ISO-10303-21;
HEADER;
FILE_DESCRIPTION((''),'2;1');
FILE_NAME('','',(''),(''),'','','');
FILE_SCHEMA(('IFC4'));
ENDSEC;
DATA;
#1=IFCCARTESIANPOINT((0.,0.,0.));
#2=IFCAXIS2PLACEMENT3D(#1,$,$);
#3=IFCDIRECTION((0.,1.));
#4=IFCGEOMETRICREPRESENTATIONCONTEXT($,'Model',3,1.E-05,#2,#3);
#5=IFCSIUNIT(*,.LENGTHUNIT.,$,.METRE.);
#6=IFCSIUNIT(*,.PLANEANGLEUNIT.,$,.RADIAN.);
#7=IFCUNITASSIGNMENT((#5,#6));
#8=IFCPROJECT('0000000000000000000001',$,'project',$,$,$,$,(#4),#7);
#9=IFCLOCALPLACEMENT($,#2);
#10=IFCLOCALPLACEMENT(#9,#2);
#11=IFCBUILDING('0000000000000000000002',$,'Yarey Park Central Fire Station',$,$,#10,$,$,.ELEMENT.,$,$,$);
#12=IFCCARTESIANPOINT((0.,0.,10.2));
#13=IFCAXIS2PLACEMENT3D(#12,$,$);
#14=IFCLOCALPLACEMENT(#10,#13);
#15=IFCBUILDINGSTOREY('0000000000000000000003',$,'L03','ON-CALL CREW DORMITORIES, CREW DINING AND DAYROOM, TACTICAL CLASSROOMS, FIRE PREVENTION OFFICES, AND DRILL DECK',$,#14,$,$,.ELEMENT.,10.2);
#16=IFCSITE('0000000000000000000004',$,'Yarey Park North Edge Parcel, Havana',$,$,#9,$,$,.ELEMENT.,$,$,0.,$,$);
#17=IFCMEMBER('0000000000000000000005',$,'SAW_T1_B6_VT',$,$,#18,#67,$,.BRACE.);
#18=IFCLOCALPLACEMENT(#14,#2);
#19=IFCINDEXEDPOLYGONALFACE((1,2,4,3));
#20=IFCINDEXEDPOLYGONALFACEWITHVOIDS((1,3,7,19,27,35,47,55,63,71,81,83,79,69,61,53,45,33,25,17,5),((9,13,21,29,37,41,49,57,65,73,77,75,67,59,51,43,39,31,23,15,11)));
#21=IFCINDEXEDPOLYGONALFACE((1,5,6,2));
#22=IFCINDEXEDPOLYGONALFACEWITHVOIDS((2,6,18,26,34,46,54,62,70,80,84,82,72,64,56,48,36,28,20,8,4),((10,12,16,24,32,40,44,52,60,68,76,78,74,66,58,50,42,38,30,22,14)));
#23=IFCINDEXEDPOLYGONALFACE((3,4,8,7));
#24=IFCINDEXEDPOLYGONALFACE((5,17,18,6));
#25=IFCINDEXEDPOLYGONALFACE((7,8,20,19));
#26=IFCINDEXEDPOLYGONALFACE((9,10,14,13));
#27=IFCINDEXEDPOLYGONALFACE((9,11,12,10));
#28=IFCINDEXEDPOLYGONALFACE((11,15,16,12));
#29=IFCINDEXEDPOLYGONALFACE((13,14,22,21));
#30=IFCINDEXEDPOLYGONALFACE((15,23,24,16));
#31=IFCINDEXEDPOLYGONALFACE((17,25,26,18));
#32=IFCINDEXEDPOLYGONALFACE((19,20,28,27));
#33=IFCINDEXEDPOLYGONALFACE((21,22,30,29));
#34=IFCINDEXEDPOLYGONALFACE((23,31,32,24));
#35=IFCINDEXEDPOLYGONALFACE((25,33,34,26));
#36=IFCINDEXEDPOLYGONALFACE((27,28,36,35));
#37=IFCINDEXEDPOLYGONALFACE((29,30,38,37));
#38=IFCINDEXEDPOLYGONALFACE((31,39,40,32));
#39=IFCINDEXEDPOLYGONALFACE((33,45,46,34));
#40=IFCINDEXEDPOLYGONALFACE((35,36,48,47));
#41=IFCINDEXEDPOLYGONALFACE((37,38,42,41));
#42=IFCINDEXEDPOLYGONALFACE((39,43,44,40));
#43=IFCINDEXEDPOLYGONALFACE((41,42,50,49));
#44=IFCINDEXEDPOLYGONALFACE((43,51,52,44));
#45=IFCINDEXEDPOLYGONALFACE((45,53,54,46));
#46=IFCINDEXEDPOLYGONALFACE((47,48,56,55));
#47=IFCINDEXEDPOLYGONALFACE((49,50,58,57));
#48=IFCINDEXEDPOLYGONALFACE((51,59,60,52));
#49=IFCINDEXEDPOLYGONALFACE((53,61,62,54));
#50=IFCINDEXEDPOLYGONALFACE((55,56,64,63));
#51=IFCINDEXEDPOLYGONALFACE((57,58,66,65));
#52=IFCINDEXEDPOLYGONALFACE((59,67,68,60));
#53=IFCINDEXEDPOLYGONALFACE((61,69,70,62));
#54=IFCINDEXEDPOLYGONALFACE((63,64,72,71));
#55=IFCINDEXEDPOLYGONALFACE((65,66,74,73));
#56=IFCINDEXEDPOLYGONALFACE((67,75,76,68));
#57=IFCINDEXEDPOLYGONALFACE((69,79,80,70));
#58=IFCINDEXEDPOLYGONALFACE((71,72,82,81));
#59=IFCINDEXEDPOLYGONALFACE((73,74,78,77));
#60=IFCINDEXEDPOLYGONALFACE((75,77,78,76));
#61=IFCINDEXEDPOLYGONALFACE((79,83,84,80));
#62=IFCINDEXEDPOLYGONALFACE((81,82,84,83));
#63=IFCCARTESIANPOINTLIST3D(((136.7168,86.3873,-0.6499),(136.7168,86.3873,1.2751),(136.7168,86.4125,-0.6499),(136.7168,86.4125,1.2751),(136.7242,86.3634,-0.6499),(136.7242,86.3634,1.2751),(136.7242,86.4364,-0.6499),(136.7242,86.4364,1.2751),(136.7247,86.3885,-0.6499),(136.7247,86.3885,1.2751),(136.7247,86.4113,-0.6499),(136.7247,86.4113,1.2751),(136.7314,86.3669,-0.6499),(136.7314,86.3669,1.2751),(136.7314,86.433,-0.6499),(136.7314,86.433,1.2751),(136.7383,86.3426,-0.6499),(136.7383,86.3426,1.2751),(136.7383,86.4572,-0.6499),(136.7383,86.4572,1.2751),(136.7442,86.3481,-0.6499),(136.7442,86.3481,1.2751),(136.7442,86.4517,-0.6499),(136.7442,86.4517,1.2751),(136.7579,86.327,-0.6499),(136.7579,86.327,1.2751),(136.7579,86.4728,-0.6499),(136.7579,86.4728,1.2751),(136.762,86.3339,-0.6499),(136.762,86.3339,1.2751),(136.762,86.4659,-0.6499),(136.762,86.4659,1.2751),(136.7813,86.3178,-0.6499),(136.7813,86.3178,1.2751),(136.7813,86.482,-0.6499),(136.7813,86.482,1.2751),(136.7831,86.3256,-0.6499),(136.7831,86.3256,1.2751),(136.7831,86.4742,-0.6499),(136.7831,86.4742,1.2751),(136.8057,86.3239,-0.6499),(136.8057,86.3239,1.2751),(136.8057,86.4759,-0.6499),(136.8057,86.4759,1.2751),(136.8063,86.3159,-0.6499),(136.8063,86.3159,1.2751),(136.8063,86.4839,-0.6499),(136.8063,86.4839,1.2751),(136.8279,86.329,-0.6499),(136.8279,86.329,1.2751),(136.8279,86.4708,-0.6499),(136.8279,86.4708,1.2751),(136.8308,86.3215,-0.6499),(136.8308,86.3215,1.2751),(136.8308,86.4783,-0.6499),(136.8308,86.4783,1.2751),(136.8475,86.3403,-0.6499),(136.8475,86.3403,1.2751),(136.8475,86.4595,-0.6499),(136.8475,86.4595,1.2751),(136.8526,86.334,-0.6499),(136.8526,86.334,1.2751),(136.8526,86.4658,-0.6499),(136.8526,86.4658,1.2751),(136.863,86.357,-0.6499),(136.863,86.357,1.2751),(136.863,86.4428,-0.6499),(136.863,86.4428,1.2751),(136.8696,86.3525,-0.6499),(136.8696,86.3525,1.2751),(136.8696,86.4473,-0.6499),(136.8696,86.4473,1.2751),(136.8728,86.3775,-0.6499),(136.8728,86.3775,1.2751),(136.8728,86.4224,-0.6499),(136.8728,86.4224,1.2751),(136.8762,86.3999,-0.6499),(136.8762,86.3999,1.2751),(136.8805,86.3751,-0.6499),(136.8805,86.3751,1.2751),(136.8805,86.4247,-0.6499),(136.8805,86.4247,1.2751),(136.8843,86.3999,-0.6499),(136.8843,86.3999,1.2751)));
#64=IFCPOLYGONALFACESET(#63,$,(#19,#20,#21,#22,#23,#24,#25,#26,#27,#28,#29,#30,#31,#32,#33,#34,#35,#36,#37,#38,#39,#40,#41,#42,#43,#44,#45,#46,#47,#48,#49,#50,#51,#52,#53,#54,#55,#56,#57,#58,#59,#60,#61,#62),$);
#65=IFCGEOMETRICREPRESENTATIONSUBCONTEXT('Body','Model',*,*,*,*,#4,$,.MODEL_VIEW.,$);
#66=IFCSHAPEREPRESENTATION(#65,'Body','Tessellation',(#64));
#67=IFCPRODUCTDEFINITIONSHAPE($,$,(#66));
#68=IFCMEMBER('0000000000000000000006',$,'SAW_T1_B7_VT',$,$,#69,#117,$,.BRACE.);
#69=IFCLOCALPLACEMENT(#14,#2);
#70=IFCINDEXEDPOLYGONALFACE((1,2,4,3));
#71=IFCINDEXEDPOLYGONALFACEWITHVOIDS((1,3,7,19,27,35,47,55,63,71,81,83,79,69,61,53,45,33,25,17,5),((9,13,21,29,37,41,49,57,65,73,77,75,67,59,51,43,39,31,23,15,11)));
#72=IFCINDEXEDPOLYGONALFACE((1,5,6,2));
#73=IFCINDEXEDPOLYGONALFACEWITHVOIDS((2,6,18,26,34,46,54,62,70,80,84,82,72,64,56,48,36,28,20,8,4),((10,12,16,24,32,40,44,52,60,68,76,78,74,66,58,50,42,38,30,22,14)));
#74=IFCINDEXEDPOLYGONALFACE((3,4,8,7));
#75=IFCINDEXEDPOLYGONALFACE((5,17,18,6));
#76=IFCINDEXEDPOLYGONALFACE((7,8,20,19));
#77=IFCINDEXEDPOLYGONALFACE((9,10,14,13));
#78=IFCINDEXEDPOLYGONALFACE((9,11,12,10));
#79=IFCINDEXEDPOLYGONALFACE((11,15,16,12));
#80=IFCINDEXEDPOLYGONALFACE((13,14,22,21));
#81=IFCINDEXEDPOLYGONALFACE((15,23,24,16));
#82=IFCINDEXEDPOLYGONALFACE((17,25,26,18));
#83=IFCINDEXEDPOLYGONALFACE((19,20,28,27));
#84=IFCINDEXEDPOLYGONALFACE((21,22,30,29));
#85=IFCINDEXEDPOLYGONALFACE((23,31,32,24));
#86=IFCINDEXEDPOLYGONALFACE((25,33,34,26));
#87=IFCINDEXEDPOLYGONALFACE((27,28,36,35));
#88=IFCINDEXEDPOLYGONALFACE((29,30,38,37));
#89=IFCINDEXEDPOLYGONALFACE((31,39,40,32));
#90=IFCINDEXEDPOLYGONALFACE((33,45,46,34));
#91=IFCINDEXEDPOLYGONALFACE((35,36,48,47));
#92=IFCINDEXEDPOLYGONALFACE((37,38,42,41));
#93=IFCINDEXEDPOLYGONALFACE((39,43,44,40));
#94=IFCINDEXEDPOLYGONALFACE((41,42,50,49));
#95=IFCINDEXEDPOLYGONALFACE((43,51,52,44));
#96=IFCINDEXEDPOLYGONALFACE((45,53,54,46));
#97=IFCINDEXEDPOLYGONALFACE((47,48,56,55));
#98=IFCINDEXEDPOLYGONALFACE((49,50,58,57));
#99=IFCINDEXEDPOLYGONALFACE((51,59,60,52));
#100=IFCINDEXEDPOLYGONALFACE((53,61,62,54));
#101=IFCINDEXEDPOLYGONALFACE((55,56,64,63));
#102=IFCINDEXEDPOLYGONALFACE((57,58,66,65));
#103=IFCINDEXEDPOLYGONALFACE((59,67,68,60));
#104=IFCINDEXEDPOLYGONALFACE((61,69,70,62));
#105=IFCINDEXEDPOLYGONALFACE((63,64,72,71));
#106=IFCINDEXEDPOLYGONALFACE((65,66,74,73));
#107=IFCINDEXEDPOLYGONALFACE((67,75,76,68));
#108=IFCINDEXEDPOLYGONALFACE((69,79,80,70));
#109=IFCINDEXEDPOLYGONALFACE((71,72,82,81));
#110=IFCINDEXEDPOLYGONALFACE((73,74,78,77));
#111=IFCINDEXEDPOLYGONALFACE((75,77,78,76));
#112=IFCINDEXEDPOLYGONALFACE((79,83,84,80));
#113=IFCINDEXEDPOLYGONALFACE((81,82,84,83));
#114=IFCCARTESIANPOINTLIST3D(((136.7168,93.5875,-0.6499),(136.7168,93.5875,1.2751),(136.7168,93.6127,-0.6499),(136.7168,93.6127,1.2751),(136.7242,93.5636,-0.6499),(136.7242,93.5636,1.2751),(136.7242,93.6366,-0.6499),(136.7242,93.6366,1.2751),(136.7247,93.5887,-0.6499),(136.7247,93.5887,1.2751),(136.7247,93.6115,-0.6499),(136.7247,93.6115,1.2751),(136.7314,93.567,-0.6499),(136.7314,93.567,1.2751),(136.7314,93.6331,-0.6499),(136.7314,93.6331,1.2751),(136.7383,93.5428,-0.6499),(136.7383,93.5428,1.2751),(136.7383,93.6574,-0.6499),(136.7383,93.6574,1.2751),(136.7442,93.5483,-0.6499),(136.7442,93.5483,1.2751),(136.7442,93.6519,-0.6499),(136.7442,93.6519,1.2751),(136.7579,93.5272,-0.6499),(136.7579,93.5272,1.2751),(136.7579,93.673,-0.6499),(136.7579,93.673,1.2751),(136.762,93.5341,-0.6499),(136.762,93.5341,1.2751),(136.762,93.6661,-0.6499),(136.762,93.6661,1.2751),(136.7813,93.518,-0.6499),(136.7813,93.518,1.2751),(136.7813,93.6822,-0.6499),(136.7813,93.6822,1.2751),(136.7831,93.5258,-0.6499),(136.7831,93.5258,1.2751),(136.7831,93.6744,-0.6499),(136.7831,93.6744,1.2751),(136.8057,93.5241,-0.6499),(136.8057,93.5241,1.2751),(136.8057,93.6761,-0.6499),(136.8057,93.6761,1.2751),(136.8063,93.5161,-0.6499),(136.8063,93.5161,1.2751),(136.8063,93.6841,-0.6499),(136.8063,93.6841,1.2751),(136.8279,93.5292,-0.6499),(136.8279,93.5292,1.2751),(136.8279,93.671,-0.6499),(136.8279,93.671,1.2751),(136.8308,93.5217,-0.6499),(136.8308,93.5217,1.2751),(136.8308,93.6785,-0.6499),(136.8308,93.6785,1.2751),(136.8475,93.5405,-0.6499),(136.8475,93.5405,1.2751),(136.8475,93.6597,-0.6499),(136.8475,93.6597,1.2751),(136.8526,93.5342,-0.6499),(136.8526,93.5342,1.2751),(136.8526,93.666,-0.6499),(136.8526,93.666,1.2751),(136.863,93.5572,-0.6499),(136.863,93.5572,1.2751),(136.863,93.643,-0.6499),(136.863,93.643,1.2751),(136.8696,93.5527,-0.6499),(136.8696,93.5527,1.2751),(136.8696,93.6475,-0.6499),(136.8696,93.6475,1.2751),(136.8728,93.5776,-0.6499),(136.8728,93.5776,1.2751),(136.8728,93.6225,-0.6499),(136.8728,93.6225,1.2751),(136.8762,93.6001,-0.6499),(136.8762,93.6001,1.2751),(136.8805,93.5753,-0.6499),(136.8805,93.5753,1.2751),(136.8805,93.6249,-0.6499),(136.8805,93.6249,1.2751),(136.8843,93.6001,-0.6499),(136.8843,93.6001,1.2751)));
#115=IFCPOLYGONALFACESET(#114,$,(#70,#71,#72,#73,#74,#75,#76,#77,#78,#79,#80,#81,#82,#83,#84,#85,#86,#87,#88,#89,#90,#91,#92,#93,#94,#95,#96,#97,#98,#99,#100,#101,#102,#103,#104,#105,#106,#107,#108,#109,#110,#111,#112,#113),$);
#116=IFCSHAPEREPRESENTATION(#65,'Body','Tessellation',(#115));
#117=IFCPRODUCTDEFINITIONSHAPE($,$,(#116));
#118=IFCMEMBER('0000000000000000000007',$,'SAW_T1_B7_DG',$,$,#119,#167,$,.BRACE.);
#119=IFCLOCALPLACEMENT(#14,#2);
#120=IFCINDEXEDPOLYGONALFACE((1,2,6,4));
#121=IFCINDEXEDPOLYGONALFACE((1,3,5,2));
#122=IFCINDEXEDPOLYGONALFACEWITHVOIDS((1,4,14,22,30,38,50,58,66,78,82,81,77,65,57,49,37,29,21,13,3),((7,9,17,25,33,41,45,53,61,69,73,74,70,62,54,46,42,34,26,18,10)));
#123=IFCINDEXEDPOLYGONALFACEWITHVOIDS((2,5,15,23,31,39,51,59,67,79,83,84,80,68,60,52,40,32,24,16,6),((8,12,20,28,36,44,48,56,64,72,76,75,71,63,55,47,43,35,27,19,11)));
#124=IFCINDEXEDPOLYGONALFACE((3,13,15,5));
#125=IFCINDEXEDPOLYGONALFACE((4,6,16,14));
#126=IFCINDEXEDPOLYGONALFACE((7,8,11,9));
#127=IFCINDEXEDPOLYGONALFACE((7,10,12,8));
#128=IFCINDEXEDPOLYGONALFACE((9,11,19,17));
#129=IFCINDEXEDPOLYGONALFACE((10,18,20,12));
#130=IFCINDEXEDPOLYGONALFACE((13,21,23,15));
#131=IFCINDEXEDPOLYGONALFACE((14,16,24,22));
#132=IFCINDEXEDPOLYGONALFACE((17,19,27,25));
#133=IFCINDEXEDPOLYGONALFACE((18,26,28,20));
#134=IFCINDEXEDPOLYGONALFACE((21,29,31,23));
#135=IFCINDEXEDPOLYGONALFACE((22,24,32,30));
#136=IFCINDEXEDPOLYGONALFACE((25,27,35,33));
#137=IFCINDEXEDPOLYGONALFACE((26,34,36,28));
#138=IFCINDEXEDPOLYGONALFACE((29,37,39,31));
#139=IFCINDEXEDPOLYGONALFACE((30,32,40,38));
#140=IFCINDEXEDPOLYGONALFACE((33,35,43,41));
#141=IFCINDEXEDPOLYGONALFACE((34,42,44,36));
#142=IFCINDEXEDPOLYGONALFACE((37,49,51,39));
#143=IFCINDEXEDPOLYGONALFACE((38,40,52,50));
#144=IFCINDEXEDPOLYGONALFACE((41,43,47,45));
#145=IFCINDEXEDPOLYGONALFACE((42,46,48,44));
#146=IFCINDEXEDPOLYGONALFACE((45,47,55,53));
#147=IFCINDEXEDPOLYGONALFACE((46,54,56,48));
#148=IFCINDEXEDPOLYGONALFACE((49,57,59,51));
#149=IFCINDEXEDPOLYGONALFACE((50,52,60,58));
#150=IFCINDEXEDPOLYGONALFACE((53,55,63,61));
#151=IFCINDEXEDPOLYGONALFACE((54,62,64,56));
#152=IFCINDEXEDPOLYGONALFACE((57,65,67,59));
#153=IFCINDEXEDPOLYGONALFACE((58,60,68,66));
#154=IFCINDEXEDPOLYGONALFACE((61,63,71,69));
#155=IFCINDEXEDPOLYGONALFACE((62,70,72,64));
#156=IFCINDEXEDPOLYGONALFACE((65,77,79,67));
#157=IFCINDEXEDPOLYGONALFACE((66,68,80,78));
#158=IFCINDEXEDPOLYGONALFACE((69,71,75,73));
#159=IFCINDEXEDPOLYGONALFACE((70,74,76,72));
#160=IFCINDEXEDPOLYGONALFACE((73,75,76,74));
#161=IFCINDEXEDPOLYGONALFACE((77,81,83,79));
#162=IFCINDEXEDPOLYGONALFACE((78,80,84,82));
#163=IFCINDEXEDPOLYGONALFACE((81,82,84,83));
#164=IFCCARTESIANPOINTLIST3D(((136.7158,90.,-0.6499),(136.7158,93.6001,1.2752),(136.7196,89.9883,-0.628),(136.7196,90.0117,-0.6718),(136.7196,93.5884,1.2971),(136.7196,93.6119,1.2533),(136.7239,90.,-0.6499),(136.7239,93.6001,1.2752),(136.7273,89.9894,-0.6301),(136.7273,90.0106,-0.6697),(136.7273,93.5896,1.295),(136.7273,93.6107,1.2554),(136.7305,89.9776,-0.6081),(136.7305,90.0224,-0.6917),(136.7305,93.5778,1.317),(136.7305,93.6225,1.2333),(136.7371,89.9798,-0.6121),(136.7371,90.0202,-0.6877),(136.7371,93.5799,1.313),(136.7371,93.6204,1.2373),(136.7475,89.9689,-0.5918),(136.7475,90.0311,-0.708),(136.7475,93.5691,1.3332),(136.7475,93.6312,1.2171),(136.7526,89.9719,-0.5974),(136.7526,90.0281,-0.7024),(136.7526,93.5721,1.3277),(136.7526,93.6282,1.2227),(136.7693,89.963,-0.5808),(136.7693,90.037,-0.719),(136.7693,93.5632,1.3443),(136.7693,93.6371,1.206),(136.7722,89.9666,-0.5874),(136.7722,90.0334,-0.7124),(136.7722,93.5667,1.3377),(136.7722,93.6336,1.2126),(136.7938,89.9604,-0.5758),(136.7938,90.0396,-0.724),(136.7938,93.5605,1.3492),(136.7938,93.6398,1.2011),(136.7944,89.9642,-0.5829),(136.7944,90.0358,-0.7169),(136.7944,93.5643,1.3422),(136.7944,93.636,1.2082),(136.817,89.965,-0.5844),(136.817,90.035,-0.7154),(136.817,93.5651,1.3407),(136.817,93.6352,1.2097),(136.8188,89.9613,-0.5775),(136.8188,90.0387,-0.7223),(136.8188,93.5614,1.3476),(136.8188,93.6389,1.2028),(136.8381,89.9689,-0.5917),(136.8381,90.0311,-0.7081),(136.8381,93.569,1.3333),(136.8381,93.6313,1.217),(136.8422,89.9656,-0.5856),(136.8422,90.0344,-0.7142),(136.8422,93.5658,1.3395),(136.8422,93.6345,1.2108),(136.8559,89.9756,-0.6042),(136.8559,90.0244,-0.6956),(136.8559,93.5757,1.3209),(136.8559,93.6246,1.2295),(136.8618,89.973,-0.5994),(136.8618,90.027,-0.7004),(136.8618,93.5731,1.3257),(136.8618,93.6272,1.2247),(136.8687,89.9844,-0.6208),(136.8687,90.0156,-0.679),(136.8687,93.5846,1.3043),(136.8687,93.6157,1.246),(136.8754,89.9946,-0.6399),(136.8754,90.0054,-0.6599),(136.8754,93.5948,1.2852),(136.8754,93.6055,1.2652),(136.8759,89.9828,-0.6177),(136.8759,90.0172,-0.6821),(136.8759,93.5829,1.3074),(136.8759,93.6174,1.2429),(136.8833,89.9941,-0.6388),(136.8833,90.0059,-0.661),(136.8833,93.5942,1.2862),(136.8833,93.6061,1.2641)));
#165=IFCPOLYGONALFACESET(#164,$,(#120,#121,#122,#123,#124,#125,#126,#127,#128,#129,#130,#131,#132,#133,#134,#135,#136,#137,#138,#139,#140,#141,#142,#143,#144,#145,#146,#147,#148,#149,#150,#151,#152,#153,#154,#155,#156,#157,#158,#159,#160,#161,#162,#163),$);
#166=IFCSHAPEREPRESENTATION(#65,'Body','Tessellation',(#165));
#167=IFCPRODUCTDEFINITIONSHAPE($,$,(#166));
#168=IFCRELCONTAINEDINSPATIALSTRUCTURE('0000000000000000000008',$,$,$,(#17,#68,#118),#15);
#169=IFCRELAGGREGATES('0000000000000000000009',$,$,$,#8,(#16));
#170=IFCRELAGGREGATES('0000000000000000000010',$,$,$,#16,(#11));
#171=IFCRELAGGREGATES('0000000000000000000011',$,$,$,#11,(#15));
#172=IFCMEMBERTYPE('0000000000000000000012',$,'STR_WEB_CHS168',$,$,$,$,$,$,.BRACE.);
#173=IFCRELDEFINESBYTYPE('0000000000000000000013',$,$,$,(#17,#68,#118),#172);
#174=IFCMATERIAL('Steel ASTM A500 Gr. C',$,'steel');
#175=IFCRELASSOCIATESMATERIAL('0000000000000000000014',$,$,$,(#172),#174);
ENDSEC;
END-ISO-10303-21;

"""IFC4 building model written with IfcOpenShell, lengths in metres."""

from ifc_helpers import new_model, si_unit, direction, frame, origin, origin_2d, place, context, subcontext, project, spatial, hollow_circle, extrude, material, material_profile, profile_set, type_object, element, save


model = new_model("IFC4")

# Units and contexts
model_context = context("Model", 3, precision=1e-05, world=origin(), true_north=direction((0.0, 1.0)))
body_context = subcontext(model_context, "Body", "Model", "MODEL_VIEW")
ifc_project = project(units=[si_unit("LENGTHUNIT", "METRE"), si_unit("PLANEANGLEUNIT", "RADIAN")], contexts=[model_context])

# Site, building, storey
site_placement = place(None, origin())
site = spatial("IfcSite", under=ifc_project, at=site_placement, Name="Yarey Park North Edge Parcel, Havana", CompositionType="ELEMENT", RefElevation=0.0)
building_placement = place(site_placement, origin())
building = spatial("IfcBuilding", under=site, at=building_placement, Name="Yarey Park Central Fire Station", CompositionType="ELEMENT")
storey_placement = place(building_placement, frame((0.0, 0.0, 10.2)))
storey = spatial("IfcBuildingStorey", under=building, at=storey_placement, Name="L03", Description="ON-CALL CREW DORMITORIES, CREW DINING AND DAYROOM, TACTICAL CLASSROOMS, FIRE PREVENTION OFFICES, AND DRILL DECK", CompositionType="ELEMENT", Elevation=10.2)

# Shared definitions
ifc_material_1 = material(Name="Steel ASTM A500 Gr. C", Category="steel")

# Members
ifc_material_profile_1 = material_profile(ifc_material_1, hollow_circle(Radius=0.0842, WallThickness=0.0081, at=origin_2d()), Name="CHS 168.3x8")
ifc_profile_set_1 = profile_set([ifc_material_profile_1], Name="Steel ASTM A500 Gr. C")
member_type_1 = type_object("IfcMemberType", Name="STR_WEB_CHS168", PredefinedType="BRACE", material=ifc_profile_set_1)
for number, where, z_axis, x_axis, name in (
    (1, (136.8, 86.3999, -0.6499), (0.0, 0.0, 1.0), (1.0, 0.0, 0.0), "SAW_T1_B6_VT"),
    (2, (136.8, 93.6001, -0.6499), (0.0, 0.0, 1.0), (1.0, 0.0, 0.0), "SAW_T1_B7_VT"),
):
    element("IfcMember", number, at=place(storey_placement, frame(where, z_axis=z_axis, x_axis=x_axis)), inside=storey, type_object=member_type_1, Name=name, PredefinedType="BRACE", context=body_context, shape_type="SweptSolid", body=[
        extrude(hollow_circle(Radius=0.0842, WallThickness=0.0081, at=origin_2d()), origin(), (0.0, 0.0, 1.0), 1.925),
    ])
member_1_placement = place(storey_placement, frame((136.8, 90.0, -0.6499), z_axis=(0.0, 0.881844, 0.471541), x_axis=(-1.0, 0.0, 0.0)))
element("IfcMember", 3, at=member_1_placement, inside=storey, type_object=member_type_1, Name="SAW_T1_B7_DG", PredefinedType="BRACE", context=body_context, shape_type="SweptSolid", body=[
    extrude(hollow_circle(Radius=0.0842, WallThickness=0.0081, at=origin_2d()), origin(), (0.0, 0.0, 1.0), 4.0825),
])

save(model, "model.ifc")
